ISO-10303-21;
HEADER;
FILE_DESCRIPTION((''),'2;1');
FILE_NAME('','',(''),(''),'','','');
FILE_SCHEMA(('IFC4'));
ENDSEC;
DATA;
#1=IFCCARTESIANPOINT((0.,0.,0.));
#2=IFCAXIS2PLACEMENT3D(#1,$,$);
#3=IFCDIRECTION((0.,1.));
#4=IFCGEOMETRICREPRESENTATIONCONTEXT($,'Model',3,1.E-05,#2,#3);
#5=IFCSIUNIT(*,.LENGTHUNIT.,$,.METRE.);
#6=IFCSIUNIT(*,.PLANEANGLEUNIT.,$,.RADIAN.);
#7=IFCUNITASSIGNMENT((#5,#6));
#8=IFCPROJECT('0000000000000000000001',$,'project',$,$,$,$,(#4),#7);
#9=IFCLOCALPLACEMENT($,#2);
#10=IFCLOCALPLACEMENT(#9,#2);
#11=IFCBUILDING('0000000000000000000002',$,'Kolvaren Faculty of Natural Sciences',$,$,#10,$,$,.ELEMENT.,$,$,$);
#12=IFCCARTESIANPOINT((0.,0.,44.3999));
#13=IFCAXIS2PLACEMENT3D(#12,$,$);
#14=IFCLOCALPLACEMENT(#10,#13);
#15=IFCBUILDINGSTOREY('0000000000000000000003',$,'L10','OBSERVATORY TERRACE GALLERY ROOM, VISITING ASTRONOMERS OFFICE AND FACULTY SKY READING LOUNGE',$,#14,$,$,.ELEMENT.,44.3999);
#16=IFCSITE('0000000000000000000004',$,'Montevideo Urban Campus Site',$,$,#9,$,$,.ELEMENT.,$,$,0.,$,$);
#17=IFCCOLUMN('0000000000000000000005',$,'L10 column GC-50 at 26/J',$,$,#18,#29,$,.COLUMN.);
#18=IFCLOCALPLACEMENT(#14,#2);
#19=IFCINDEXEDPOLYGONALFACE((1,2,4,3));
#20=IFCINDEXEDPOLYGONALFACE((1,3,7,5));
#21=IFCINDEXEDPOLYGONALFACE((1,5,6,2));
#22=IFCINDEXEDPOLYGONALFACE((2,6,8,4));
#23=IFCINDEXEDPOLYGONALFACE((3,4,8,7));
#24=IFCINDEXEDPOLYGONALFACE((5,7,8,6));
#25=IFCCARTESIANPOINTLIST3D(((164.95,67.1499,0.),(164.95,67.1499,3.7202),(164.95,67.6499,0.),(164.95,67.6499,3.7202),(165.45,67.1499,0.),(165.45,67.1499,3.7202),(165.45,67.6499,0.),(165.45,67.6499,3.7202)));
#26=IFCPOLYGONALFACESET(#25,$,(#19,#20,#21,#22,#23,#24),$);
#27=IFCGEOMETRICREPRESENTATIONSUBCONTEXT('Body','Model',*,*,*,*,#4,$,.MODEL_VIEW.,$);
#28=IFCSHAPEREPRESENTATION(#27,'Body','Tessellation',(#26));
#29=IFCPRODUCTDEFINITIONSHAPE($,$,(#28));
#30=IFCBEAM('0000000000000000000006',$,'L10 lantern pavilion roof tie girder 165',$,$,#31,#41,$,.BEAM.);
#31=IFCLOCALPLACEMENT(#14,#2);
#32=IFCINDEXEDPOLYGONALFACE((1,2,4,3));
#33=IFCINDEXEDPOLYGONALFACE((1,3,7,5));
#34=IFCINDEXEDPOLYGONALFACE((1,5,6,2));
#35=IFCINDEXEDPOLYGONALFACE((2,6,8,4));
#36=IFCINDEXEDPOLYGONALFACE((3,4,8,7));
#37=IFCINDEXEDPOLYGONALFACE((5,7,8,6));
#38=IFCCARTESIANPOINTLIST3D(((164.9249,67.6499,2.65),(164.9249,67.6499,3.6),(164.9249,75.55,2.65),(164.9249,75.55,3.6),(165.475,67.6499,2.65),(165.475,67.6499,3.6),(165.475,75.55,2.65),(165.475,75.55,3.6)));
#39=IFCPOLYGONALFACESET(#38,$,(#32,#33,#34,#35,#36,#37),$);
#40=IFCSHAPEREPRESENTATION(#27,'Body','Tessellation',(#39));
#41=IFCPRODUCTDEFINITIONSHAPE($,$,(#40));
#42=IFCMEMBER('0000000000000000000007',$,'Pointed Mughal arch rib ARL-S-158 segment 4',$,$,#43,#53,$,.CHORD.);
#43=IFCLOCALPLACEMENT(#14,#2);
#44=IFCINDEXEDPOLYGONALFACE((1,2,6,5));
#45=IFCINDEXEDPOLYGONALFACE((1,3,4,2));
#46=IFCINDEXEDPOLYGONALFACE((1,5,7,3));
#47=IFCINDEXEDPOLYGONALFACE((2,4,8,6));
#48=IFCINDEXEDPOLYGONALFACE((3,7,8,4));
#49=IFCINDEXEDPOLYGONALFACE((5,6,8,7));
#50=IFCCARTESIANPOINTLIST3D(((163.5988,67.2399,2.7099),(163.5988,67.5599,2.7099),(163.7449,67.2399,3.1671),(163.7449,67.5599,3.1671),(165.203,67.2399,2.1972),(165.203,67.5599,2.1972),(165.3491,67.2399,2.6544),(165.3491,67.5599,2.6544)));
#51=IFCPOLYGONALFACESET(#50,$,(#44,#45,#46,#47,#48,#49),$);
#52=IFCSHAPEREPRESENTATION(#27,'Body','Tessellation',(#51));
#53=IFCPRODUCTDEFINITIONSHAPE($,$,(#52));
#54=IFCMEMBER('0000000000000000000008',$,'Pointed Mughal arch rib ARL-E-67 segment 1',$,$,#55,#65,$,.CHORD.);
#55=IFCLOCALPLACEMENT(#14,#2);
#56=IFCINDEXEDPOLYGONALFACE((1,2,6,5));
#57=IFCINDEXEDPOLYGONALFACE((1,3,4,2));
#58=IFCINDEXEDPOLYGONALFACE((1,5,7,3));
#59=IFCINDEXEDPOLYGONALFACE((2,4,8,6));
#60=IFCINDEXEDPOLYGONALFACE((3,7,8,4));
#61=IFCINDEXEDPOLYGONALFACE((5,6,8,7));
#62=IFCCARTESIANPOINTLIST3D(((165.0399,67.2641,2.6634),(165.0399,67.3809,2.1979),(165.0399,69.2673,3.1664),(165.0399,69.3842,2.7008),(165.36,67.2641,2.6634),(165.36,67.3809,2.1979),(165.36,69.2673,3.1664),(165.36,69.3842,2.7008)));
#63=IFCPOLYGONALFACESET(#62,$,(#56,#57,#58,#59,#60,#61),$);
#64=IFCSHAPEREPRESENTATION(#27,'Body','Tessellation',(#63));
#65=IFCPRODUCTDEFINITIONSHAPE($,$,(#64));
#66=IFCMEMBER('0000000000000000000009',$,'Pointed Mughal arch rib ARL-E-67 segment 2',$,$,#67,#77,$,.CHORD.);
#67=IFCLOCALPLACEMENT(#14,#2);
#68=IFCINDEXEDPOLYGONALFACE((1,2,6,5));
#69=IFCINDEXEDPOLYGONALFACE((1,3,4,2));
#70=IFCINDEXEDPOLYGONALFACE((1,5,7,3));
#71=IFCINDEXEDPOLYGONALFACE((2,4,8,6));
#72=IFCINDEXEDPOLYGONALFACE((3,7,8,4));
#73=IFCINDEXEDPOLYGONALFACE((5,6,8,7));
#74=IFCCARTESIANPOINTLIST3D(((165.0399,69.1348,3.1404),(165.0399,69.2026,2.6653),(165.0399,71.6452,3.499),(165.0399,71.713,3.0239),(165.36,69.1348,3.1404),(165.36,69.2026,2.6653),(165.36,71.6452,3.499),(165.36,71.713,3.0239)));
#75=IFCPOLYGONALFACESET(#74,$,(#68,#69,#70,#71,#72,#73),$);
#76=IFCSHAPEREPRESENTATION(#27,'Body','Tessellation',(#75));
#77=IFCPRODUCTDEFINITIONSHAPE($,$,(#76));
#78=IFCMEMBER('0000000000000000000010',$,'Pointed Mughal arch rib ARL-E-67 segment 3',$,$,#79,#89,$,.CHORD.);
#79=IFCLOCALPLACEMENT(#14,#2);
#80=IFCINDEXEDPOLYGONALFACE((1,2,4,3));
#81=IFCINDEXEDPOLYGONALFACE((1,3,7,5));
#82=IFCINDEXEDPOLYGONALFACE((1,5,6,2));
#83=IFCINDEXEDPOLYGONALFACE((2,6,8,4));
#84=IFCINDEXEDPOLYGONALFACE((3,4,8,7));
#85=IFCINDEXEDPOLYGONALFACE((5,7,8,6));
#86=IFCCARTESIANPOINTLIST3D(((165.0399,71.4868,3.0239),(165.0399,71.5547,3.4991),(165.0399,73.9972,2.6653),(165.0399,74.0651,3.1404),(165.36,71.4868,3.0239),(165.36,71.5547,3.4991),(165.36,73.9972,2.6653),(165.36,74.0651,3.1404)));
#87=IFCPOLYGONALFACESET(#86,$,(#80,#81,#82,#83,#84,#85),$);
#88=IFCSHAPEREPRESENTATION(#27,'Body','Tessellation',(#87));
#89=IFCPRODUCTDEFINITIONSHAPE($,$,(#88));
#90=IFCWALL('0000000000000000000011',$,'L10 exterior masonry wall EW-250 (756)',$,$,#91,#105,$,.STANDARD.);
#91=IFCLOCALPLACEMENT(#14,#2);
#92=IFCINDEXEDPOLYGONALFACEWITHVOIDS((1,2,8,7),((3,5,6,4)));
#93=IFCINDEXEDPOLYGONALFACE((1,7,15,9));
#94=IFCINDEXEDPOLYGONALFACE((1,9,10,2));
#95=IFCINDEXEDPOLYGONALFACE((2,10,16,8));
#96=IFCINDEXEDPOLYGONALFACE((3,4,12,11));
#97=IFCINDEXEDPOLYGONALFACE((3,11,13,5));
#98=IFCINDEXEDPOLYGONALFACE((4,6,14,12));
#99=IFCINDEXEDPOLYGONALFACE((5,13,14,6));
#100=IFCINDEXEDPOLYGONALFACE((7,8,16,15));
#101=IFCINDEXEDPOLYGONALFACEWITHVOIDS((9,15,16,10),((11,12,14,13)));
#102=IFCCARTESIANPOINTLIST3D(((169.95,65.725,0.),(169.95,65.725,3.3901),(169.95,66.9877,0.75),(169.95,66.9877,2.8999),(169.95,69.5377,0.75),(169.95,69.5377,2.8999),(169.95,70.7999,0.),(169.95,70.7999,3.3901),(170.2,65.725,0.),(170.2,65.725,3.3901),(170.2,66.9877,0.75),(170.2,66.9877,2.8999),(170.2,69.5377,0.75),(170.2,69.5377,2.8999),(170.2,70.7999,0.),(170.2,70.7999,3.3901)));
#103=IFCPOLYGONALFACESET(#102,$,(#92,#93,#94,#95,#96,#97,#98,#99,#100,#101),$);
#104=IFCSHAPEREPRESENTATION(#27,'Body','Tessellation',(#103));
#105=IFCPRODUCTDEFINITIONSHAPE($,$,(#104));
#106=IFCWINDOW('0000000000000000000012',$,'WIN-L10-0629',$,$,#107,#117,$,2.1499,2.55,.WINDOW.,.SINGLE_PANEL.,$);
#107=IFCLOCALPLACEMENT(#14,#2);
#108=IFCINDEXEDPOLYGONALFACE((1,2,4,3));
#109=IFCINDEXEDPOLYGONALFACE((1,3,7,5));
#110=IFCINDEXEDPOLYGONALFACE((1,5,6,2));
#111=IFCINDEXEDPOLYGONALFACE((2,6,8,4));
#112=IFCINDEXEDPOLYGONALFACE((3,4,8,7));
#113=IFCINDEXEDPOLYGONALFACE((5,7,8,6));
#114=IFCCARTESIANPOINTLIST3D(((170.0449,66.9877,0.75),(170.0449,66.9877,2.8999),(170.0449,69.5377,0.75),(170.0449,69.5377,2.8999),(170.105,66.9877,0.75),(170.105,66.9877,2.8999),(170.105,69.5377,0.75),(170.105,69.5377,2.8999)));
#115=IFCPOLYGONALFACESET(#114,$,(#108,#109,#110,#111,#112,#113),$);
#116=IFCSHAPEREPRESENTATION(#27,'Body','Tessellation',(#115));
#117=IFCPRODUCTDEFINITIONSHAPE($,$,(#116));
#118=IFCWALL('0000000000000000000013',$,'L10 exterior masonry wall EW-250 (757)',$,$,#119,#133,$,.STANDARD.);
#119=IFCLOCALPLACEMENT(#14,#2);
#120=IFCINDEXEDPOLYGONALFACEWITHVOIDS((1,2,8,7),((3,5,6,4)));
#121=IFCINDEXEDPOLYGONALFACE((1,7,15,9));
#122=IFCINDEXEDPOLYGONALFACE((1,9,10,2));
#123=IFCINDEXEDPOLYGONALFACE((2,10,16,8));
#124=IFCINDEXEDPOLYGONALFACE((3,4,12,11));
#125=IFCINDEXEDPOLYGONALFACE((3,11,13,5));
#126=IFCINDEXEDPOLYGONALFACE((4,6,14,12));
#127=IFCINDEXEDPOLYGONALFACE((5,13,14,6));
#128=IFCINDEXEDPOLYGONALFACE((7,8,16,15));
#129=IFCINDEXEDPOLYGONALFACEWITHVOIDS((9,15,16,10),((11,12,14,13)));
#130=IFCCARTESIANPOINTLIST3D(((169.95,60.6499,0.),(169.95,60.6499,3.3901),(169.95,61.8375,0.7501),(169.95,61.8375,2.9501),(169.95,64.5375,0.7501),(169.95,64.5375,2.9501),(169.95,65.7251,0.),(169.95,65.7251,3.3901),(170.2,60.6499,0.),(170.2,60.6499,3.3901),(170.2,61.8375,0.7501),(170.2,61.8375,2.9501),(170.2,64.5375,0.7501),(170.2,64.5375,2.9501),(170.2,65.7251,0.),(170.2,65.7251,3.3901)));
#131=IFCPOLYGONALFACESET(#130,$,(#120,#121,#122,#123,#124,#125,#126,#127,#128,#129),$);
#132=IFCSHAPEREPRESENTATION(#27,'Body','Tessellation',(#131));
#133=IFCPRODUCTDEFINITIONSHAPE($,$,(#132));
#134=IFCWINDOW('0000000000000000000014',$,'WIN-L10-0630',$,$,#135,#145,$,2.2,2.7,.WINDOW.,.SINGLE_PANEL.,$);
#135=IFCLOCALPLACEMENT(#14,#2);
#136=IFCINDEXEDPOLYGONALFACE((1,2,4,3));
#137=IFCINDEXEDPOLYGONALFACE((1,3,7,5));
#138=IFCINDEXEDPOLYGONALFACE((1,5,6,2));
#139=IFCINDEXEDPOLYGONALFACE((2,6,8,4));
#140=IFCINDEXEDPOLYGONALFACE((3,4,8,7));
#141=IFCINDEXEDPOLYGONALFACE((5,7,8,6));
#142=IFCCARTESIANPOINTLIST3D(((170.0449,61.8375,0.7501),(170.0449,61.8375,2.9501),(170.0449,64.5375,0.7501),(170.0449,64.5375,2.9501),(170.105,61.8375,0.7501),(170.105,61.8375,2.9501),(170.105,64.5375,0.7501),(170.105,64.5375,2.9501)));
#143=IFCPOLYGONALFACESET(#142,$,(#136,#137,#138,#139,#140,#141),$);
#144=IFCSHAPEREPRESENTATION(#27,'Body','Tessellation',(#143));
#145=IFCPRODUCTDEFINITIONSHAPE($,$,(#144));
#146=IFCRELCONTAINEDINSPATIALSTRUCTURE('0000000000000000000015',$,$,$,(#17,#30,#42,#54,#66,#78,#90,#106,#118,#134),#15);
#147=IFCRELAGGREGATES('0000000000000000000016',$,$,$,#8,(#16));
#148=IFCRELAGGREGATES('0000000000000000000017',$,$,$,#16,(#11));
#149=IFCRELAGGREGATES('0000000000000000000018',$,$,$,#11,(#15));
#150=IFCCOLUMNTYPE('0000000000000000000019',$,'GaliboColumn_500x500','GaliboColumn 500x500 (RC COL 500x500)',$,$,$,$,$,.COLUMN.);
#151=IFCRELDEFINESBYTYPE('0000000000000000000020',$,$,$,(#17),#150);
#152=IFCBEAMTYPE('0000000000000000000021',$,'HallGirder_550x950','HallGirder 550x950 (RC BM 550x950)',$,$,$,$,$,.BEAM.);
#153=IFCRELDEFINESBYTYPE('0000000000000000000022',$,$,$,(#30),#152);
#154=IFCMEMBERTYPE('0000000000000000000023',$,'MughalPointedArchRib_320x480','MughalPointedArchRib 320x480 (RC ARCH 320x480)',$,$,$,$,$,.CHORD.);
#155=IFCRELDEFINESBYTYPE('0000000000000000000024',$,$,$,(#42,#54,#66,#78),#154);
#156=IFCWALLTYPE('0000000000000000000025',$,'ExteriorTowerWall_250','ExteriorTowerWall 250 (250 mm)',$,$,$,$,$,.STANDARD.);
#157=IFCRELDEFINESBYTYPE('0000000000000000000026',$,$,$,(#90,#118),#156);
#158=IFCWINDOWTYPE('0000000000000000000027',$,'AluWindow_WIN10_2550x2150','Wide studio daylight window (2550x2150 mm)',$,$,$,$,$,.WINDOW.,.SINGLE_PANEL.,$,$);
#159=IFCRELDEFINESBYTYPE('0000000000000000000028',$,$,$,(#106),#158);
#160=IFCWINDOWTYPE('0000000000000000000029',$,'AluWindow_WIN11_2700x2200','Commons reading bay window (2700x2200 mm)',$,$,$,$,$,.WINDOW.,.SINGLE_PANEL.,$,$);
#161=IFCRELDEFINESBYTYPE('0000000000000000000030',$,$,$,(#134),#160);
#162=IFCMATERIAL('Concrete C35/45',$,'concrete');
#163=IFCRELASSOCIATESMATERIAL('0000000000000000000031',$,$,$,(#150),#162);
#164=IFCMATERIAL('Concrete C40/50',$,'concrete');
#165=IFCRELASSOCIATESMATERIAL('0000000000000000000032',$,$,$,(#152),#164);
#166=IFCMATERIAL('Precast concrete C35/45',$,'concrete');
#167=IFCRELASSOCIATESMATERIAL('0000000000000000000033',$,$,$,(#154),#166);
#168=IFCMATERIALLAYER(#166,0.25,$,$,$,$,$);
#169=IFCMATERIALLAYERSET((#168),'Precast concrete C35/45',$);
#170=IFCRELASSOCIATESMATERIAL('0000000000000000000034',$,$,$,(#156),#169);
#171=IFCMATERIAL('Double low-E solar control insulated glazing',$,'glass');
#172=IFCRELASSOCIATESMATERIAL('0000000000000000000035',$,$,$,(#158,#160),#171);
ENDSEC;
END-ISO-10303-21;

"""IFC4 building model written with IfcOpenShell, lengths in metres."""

from ifc_helpers import new_model, si_unit, direction, frame, frame_2d, origin, origin_2d, place, context, subcontext, project, spatial, rectangle, extrude, material, layer, layer_set, material_profile, profile_set, type_object, element, fill, save


model = new_model("IFC4")

# Units and contexts
model_context = context("Model", 3, precision=1e-05, world=origin(), true_north=direction((0.0, 1.0)))
body_context = subcontext(model_context, "Body", "Model", "MODEL_VIEW")
ifc_project = project(units=[si_unit("LENGTHUNIT", "METRE"), si_unit("PLANEANGLEUNIT", "RADIAN")], contexts=[model_context])

# Site, building, storey
site_placement = place(None, origin())
site = spatial("IfcSite", under=ifc_project, at=site_placement, Name="Montevideo Urban Campus Site", CompositionType="ELEMENT", RefElevation=0.0)
building_placement = place(site_placement, origin())
building = spatial("IfcBuilding", under=site, at=building_placement, Name="Kolvaren Faculty of Natural Sciences", CompositionType="ELEMENT")
storey_placement = place(building_placement, frame((0.0, 0.0, 44.3999)))
storey = spatial("IfcBuildingStorey", under=building, at=storey_placement, Name="L10", Description="OBSERVATORY TERRACE GALLERY ROOM, VISITING ASTRONOMERS OFFICE AND FACULTY SKY READING LOUNGE", CompositionType="ELEMENT", Elevation=44.3999)

# Column
ifc_material_1 = material(Name="Concrete C35/45", Category="concrete")
ifc_material_profile_1 = material_profile(ifc_material_1, rectangle(XDim=0.5, YDim=0.5, at=origin_2d()), Name="RC COL 500x500")
ifc_profile_set_1 = profile_set([ifc_material_profile_1], Name="Concrete C35/45")
column_type = type_object("IfcColumnType", Name="GaliboColumn_500x500", Description="GaliboColumn 500x500 (RC COL 500x500)", PredefinedType="COLUMN", material=ifc_profile_set_1)
column_placement = place(storey_placement, frame((165.2, 67.3999, 0.0), z_axis=(0.0, 0.0, 1.0), x_axis=(1.0, 0.0, 0.0)))
element("IfcColumn", 1, at=column_placement, inside=storey, type_object=column_type, Name="L10 column GC-50 at 26/J", PredefinedType="COLUMN", context=body_context, shape_type="SweptSolid", body=[
    extrude(rectangle(XDim=0.5, YDim=0.5, at=origin_2d()), origin(), (0.0, 0.0, 1.0), 3.7202),
])

# Beam
ifc_material_2 = material(Name="Concrete C40/50", Category="concrete")
ifc_material_profile_2 = material_profile(ifc_material_2, rectangle(XDim=0.55, YDim=0.95, at=origin_2d()), Name="RC BM 550x950")
ifc_profile_set_2 = profile_set([ifc_material_profile_2], Name="Concrete C40/50")
beam_type = type_object("IfcBeamType", Name="HallGirder_550x950", Description="HallGirder 550x950 (RC BM 550x950)", PredefinedType="BEAM", material=ifc_profile_set_2)
beam_placement = place(storey_placement, frame((165.2, 67.6499, 3.125), z_axis=(0.0, 1.0, 0.0), x_axis=(-1.0, 0.0, 0.0)))
element("IfcBeam", 2, at=beam_placement, inside=storey, type_object=beam_type, Name="L10 lantern pavilion roof tie girder 165", PredefinedType="BEAM", context=body_context, shape_type="SweptSolid", body=[
    extrude(rectangle(XDim=0.55, YDim=0.95, at=origin_2d()), origin(), (0.0, 0.0, 1.0), 7.9001),
])

# Members
ifc_material_3 = material(Name="Precast concrete C35/45", Category="concrete")
ifc_material_profile_3 = material_profile(ifc_material_3, rectangle(XDim=0.3201, YDim=0.48, at=origin_2d()), Name="RC ARCH 320x480")
ifc_profile_set_3 = profile_set([ifc_material_profile_3], Name="Precast concrete C35/45")
member_type = type_object("IfcMemberType", Name="MughalPointedArchRib_320x480", Description="MughalPointedArchRib 320x480 (RC ARCH 320x480)", PredefinedType="CHORD", material=ifc_profile_set_3)
member_1_placement = place(storey_placement, frame((163.6719, 67.3999, 2.9385), z_axis=(0.952539, 0.0, -0.304418), x_axis=(0.0, 1.0, 0.0)))
element("IfcMember", 3, at=member_1_placement, inside=storey, type_object=member_type, Name="Pointed Mughal arch rib ARL-S-158 segment 4", PredefinedType="CHORD", context=body_context, shape_type="SweptSolid", body=[
    extrude(rectangle(XDim=0.3201, YDim=0.48, at=origin_2d()), origin(), (0.0, 0.0, 1.0), 1.6841),
])
member_2_placement = place(storey_placement, frame((165.2, 67.3225, 2.4307), z_axis=(0.0, 0.969899, 0.243509), x_axis=(-1.0, 0.0, 0.0)))
element("IfcMember", 4, at=member_2_placement, inside=storey, type_object=member_type, Name="Pointed Mughal arch rib ARL-E-67 segment 1", PredefinedType="CHORD", context=body_context, shape_type="SweptSolid", body=[
    extrude(rectangle(XDim=0.3201, YDim=0.48, at=origin_2d()), origin(), (0.0, 0.0, 1.0), 2.0654),
])
for number, where, z_axis, x_axis, name in (
    (5, (165.2, 69.1687, 2.9028), (0.0, 0.989949, 0.141421), (-1.0, 0.0, 0.0), "Pointed Mughal arch rib ARL-E-67 segment 2"),
    (6, (165.2, 71.5208, 3.2615), (0.0, 0.989949, -0.141421), (-1.0, 0.0, 0.0), "Pointed Mughal arch rib ARL-E-67 segment 3"),
):
    element("IfcMember", number, at=place(storey_placement, frame(where, z_axis=z_axis, x_axis=x_axis)), inside=storey, type_object=member_type, Name=name, PredefinedType="CHORD", context=body_context, shape_type="SweptSolid", body=[
        extrude(rectangle(XDim=0.3201, YDim=0.48, at=origin_2d()), origin(), (0.0, 0.0, 1.0), 2.5359),
    ])

# Walls, openings, windows
ifc_layer_1 = layer(ifc_material_3, 0.25)
ifc_layer_set_1 = layer_set([ifc_layer_1], Name="Precast concrete C35/45")
wall_type_1 = type_object("IfcWallType", Name="ExteriorTowerWall_250", Description="ExteriorTowerWall 250 (250 mm)", PredefinedType="STANDARD", material=ifc_layer_set_1)
wall_1_placement = place(storey_placement, frame((170.075, 70.8, 0.0), z_axis=(0.0, 0.0, 1.0), x_axis=(0.0, -1.0, 0.0)))
wall_1 = element("IfcWall", 7, at=wall_1_placement, inside=storey, type_object=wall_type_1, Name="L10 exterior masonry wall EW-250 (756)", PredefinedType="STANDARD", context=body_context, shape_type="SweptSolid", body=[
    extrude(rectangle(XDim=5.075, YDim=0.25, at=frame_2d((2.5376, 0.0))), origin(), (0.0, 0.0, 1.0), 3.3901),
])
opening_1_placement = place(wall_1_placement, frame((1.2625, 0.0, 0.75)))
opening_1 = element("IfcOpeningElement", 8, at=opening_1_placement, cuts=wall_1, PredefinedType="OPENING", context=body_context, shape_type="SweptSolid", body=[
    extrude(rectangle(XDim=2.55, YDim=2.1499, at=frame_2d((1.2749, 1.075))), frame((0.0, 0.135, 0.0), z_axis=(0.0, -1.0, 0.0), x_axis=(1.0, 0.0, 0.0)), (0.0, 0.0, 1.0), 0.27),
])
ifc_material_4 = material(Name="Double low-E solar control insulated glazing", Category="glass")
window_type_1 = type_object("IfcWindowType", Name="AluWindow_WIN10_2550x2150", Description="Wide studio daylight window (2550x2150 mm)", PartitioningType="SINGLE_PANEL", PredefinedType="WINDOW", material=ifc_material_4)
window_1_placement = place(opening_1_placement, origin())
window_1 = element("IfcWindow", 9, at=window_1_placement, inside=storey, type_object=window_type_1, Name="WIN-L10-0629", OverallHeight=2.1499, OverallWidth=2.55, PartitioningType="SINGLE_PANEL", PredefinedType="WINDOW", context=body_context, shape_type="SweptSolid", body=[
    extrude(rectangle(XDim=2.55, YDim=2.1499, at=frame_2d((1.2749, 1.075))), frame((0.0, 0.03, 0.0), z_axis=(0.0, -1.0, 0.0), x_axis=(1.0, 0.0, 0.0)), (0.0, 0.0, 1.0), 0.0601),
])
fill(opening_1, window_1)
wall_2_placement = place(storey_placement, frame((170.075, 65.7251, 0.0), z_axis=(0.0, 0.0, 1.0), x_axis=(0.0, -1.0, 0.0)))
wall_2 = element("IfcWall", 10, at=wall_2_placement, inside=storey, type_object=wall_type_1, Name="L10 exterior masonry wall EW-250 (757)", PredefinedType="STANDARD", context=body_context, shape_type="SweptSolid", body=[
    extrude(rectangle(XDim=5.0752, YDim=0.25, at=frame_2d((2.5376, 0.0))), origin(), (0.0, 0.0, 1.0), 3.3901),
])
opening_2_placement = place(wall_2_placement, frame((1.1875, 0.0, 0.75)))
opening_2 = element("IfcOpeningElement", 11, at=opening_2_placement, cuts=wall_2, PredefinedType="OPENING", context=body_context, shape_type="SweptSolid", body=[
    extrude(rectangle(XDim=2.7, YDim=2.2, at=frame_2d((1.3501, 1.1001))), frame((0.0, 0.135, 0.0), z_axis=(0.0, -1.0, 0.0), x_axis=(1.0, 0.0, 0.0)), (0.0, 0.0, 1.0), 0.27),
])
window_type_2 = type_object("IfcWindowType", Name="AluWindow_WIN11_2700x2200", Description="Commons reading bay window (2700x2200 mm)", PartitioningType="SINGLE_PANEL", PredefinedType="WINDOW", material=ifc_material_4)
window_2_placement = place(opening_2_placement, origin())
window_2 = element("IfcWindow", 12, at=window_2_placement, inside=storey, type_object=window_type_2, Name="WIN-L10-0630", OverallHeight=2.2, OverallWidth=2.7, PartitioningType="SINGLE_PANEL", PredefinedType="WINDOW", context=body_context, shape_type="SweptSolid", body=[
    extrude(rectangle(XDim=2.7, YDim=2.2, at=frame_2d((1.3501, 1.1001))), frame((0.0, 0.03, 0.0), z_axis=(0.0, -1.0, 0.0), x_axis=(1.0, 0.0, 0.0)), (0.0, 0.0, 1.0), 0.0601),
])
fill(opening_2, window_2)

save(model, "model.ifc")
